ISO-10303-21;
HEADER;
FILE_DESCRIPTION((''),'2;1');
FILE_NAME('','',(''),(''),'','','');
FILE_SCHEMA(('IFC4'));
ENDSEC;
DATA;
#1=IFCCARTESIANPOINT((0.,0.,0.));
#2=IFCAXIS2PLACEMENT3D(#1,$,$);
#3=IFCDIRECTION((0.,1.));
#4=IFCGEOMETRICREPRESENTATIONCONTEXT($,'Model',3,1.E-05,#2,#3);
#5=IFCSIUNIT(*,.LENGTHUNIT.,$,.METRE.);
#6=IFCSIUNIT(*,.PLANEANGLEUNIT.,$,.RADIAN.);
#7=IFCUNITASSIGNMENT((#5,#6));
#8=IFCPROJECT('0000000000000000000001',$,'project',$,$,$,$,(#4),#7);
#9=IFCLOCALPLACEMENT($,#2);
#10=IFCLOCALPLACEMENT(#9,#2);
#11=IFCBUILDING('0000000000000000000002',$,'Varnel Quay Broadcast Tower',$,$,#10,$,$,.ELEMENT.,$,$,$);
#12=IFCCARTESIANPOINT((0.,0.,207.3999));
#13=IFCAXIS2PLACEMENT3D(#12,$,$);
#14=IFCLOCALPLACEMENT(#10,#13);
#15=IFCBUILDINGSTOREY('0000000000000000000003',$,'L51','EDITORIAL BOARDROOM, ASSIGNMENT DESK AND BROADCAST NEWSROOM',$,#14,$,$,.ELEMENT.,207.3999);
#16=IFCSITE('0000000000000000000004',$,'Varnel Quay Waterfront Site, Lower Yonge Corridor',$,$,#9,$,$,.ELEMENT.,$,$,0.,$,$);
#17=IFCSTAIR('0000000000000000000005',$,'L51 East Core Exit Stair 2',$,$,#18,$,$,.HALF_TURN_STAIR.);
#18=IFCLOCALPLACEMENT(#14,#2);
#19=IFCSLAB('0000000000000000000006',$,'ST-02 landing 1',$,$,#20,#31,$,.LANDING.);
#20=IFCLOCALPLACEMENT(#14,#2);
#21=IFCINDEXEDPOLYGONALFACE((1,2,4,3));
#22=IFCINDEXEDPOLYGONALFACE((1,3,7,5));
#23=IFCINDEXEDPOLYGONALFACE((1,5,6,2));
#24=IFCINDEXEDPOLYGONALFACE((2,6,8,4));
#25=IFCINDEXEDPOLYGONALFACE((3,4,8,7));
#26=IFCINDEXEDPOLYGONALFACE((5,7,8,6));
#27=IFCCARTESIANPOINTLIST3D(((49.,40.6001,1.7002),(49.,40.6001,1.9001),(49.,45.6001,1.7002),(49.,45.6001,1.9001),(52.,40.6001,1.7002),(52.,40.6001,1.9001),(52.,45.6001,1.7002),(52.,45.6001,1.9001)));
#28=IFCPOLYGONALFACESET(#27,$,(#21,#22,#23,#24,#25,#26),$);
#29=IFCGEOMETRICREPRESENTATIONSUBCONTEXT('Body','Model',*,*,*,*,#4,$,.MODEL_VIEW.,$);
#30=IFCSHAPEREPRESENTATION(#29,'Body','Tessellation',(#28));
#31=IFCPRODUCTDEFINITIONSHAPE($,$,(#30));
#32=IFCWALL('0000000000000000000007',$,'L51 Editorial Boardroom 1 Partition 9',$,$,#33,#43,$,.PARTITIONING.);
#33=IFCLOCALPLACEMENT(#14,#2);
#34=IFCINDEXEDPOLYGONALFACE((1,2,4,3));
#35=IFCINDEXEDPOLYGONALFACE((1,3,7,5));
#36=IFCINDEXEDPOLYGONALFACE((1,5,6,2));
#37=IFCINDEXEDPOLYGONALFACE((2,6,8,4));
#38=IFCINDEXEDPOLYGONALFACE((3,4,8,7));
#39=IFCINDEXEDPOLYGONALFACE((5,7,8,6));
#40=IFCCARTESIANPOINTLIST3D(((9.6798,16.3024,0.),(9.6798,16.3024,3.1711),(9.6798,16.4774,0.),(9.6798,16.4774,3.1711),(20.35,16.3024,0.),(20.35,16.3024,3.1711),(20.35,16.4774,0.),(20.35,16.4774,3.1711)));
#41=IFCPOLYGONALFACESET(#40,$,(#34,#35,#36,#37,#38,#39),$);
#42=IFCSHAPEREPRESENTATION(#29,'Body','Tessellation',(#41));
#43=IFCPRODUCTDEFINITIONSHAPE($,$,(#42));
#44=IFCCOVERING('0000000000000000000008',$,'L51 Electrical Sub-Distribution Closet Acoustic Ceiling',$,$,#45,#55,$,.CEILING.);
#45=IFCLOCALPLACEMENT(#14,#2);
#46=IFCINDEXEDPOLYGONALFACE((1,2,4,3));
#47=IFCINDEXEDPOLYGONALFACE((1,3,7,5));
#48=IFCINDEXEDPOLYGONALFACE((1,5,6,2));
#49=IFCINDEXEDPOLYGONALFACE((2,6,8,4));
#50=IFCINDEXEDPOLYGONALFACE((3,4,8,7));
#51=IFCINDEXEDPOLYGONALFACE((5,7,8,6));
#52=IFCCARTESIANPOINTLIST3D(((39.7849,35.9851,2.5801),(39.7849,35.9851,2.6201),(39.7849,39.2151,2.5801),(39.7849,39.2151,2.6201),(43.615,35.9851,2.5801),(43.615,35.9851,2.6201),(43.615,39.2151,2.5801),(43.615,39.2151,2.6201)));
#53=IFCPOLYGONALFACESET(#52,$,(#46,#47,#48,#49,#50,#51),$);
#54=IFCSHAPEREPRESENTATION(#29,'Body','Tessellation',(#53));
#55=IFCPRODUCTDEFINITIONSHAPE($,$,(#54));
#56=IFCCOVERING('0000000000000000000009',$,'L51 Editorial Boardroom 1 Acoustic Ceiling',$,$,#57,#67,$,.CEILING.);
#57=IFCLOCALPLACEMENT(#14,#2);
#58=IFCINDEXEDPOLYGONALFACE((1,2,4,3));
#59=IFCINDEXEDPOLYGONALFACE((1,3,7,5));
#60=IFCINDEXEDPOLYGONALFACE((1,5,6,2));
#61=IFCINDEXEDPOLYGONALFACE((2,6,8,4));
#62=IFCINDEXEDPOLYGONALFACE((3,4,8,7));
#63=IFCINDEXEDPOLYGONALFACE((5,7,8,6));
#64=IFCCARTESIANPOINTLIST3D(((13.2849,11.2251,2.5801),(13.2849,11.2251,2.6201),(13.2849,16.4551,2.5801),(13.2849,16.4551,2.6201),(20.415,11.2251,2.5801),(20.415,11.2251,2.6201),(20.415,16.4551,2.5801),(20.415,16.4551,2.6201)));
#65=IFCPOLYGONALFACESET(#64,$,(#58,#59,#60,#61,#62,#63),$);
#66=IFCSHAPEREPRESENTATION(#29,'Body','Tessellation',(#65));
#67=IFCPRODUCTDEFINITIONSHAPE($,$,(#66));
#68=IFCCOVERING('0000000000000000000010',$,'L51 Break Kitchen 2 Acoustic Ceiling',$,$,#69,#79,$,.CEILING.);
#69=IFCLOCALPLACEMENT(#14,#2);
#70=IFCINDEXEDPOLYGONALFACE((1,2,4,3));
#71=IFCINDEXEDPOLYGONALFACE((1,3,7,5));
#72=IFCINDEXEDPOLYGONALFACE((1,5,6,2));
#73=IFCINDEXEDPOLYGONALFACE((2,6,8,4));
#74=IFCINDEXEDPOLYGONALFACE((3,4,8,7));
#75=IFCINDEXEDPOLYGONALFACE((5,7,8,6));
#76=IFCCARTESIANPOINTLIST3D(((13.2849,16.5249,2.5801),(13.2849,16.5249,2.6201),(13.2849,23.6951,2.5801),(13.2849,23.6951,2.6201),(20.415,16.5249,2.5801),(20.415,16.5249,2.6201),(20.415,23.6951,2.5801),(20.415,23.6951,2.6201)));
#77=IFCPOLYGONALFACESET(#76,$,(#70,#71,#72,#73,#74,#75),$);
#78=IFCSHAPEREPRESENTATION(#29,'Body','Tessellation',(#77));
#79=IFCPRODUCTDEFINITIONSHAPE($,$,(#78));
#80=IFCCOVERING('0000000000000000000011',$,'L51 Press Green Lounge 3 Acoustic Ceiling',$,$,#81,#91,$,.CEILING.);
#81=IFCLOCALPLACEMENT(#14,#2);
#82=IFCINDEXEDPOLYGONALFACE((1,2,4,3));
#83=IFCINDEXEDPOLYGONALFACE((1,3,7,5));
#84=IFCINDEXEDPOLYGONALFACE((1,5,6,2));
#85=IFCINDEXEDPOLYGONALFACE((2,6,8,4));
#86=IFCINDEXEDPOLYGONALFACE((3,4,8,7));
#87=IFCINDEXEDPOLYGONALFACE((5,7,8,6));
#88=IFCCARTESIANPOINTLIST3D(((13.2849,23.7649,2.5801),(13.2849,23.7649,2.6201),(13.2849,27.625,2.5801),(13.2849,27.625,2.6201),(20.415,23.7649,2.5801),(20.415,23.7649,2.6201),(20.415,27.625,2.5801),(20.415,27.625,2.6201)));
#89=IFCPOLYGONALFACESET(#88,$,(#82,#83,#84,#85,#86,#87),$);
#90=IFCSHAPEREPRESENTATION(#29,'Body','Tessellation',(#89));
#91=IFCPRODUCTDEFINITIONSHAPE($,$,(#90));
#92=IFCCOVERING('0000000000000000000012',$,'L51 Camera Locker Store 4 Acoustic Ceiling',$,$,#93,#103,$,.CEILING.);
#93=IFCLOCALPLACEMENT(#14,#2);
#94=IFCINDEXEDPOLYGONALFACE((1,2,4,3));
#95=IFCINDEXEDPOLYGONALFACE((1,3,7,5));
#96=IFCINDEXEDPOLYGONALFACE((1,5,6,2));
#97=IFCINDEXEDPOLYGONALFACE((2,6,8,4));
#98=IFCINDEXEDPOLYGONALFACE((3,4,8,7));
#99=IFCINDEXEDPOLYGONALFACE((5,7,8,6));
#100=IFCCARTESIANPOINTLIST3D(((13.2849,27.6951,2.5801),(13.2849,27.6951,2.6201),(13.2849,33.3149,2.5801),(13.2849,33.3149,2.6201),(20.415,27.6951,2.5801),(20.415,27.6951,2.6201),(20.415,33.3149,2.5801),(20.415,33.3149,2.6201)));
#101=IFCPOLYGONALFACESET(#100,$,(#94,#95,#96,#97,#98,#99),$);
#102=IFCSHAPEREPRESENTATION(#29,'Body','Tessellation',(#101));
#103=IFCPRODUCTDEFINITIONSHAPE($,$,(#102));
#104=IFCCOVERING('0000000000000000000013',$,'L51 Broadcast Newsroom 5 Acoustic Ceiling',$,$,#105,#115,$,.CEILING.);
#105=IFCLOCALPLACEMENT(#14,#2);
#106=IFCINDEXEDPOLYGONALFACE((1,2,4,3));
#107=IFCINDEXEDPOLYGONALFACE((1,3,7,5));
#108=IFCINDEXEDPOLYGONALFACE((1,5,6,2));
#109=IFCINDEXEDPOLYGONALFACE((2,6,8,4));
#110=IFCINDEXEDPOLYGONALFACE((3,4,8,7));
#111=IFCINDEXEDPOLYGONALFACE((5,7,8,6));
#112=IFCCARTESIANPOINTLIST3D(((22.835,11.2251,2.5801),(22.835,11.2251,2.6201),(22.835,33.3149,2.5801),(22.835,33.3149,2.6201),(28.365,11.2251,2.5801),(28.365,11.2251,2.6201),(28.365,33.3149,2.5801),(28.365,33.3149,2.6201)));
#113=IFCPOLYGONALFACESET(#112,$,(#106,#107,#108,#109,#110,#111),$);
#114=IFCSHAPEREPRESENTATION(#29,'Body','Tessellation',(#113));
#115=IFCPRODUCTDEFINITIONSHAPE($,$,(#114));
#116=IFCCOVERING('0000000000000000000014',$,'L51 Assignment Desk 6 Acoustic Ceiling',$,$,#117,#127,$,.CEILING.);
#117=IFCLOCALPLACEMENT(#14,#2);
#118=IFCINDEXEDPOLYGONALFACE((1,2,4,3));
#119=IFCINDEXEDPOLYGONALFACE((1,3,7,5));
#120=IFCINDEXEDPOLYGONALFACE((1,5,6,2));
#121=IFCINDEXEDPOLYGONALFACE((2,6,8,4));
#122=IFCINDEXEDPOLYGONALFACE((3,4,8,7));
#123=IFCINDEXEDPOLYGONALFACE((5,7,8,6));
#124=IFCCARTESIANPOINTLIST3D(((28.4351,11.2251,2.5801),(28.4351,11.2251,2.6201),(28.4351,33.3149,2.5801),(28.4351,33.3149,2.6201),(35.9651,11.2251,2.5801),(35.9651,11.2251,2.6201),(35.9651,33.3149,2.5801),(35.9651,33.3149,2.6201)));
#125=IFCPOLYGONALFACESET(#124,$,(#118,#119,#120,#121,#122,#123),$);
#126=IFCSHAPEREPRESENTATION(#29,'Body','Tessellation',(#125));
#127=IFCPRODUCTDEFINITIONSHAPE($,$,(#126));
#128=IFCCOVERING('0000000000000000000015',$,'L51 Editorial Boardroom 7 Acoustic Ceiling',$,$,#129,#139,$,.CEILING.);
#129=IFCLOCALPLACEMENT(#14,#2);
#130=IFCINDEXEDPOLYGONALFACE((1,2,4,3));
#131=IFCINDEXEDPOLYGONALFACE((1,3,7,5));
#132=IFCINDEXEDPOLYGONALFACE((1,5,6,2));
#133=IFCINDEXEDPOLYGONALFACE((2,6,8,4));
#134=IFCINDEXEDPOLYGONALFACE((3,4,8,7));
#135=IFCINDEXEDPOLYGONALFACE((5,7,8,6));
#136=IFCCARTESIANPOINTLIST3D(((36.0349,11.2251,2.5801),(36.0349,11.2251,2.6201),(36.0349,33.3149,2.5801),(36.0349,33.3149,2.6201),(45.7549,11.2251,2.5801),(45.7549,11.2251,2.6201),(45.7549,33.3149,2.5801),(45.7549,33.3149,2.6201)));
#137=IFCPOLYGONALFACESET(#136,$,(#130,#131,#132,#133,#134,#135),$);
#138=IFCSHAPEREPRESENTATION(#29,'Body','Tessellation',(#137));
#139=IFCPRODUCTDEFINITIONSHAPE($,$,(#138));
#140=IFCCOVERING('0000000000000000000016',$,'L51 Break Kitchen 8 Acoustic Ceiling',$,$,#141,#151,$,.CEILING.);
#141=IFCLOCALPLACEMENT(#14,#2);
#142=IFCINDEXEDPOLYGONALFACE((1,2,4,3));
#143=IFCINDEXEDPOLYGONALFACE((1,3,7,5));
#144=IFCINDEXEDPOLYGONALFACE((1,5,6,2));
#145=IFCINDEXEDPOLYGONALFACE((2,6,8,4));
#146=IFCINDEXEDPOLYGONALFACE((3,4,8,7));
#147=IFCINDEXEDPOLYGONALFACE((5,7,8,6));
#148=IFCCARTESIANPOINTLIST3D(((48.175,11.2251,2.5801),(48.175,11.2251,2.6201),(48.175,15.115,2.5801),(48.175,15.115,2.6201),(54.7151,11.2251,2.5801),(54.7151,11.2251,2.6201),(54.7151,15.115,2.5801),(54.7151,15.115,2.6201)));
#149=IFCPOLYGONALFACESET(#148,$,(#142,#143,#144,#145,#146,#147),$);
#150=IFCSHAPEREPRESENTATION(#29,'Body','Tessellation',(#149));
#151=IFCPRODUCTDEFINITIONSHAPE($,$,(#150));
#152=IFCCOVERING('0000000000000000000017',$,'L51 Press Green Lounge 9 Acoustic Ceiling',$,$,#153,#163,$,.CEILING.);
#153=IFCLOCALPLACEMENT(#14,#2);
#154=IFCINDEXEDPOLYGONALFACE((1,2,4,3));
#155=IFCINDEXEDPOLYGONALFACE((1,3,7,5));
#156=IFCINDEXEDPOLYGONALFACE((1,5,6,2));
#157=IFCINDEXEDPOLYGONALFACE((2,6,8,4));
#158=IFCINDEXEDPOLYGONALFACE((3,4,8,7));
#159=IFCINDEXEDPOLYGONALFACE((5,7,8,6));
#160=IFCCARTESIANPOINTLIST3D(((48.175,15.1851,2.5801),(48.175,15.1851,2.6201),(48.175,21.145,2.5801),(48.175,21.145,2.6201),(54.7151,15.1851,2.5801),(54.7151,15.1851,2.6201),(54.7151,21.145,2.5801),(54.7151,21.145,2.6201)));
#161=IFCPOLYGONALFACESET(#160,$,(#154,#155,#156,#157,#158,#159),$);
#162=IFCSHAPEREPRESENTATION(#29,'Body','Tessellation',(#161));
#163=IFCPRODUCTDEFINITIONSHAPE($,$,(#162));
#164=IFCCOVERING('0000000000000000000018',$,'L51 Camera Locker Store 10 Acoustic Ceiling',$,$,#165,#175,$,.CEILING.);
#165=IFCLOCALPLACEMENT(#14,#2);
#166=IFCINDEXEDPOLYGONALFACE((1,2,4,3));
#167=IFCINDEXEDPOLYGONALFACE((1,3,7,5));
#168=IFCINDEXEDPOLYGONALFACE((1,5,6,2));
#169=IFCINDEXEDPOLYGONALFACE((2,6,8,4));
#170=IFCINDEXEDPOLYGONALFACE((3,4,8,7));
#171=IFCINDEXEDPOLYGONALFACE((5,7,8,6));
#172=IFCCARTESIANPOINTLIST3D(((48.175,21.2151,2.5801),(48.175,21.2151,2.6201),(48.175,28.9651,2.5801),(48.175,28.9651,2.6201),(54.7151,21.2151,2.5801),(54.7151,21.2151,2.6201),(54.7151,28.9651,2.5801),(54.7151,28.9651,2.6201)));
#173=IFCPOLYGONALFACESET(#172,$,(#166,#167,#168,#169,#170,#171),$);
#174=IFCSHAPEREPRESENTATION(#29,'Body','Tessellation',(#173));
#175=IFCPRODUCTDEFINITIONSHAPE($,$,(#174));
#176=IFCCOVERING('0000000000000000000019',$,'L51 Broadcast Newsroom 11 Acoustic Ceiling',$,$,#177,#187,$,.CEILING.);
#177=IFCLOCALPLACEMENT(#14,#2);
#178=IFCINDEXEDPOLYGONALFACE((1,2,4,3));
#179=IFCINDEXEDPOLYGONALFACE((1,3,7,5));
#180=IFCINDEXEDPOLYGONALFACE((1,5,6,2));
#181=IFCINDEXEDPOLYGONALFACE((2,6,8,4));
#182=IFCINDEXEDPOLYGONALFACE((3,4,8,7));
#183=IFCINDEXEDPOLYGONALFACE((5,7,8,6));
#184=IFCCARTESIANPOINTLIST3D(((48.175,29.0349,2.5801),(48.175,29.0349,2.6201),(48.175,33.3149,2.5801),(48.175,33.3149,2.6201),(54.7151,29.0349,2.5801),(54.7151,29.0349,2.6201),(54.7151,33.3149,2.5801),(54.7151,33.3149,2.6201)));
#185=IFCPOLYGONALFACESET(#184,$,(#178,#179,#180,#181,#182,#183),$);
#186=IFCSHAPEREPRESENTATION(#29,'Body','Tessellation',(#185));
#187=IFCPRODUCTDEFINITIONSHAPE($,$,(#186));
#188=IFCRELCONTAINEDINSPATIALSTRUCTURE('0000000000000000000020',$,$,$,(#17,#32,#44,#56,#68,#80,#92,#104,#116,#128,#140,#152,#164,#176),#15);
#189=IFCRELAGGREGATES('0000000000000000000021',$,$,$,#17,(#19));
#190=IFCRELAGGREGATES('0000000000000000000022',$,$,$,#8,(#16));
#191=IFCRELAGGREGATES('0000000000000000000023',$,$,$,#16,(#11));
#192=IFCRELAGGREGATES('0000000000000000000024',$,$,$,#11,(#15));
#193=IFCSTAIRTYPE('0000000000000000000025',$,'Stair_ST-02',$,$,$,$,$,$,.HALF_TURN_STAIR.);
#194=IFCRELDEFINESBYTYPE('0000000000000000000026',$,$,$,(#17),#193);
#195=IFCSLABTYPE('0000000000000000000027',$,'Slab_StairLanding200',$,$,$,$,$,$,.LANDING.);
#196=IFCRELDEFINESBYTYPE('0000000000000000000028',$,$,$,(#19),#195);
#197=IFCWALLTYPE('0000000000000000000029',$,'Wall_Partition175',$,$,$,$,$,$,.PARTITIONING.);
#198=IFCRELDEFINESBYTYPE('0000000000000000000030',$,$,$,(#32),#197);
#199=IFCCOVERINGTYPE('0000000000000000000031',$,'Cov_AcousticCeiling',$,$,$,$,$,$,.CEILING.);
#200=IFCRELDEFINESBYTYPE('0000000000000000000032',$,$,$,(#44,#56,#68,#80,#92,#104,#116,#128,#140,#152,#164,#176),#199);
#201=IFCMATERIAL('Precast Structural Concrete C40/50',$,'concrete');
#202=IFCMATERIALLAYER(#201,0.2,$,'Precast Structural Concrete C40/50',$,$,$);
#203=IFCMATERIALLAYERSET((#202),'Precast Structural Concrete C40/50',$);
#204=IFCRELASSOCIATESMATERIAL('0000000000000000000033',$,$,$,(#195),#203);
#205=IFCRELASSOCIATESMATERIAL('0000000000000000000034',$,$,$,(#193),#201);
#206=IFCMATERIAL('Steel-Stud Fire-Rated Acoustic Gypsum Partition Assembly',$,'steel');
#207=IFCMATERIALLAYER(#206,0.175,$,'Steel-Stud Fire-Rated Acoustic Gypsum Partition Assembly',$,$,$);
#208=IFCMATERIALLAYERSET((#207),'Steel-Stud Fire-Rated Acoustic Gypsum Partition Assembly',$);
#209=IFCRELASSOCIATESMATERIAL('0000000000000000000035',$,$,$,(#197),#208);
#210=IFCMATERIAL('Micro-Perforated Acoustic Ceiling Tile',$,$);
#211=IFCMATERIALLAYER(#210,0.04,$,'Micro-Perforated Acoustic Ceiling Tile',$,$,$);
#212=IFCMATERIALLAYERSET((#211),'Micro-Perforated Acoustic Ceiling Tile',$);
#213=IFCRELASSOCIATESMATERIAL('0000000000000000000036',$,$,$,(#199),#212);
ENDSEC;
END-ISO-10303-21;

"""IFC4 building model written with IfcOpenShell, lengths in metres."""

from ifc_helpers import new_model, si_unit, direction, frame, frame_2d, origin, place, context, subcontext, project, spatial, polyline, rectangle, outline, extrude, material, layer, layer_set, type_object, element, aggregate, save


model = new_model("IFC4")

# Units and contexts
model_context = context("Model", 3, precision=1e-05, world=origin(), true_north=direction((0.0, 1.0)))
body_context = subcontext(model_context, "Body", "Model", "MODEL_VIEW")
ifc_project = project(units=[si_unit("LENGTHUNIT", "METRE"), si_unit("PLANEANGLEUNIT", "RADIAN")], contexts=[model_context])

# Site, building, storey
site_placement = place(None, origin())
site = spatial("IfcSite", under=ifc_project, at=site_placement, Name="Varnel Quay Waterfront Site, Lower Yonge Corridor", CompositionType="ELEMENT", RefElevation=0.0)
building_placement = place(site_placement, origin())
building = spatial("IfcBuilding", under=site, at=building_placement, Name="Varnel Quay Broadcast Tower", CompositionType="ELEMENT")
storey_placement = place(building_placement, frame((0.0, 0.0, 207.3999)))
storey = spatial("IfcBuildingStorey", under=building, at=storey_placement, Name="L51", Description="EDITORIAL BOARDROOM, ASSIGNMENT DESK AND BROADCAST NEWSROOM", CompositionType="ELEMENT", Elevation=207.3999)

# Stair, slab
ifc_material_1 = material(Name="Precast Structural Concrete C40/50", Category="concrete")
ifc_layer_1 = layer(ifc_material_1, 0.2, Name="Precast Structural Concrete C40/50")
ifc_layer_set_1 = layer_set([ifc_layer_1], Name="Precast Structural Concrete C40/50")
slab_type_1 = type_object("IfcSlabType", Name="Slab_StairLanding200", PredefinedType="LANDING", material=ifc_layer_set_1)
stair_type_1 = type_object("IfcStairType", Name="Stair_ST-02", PredefinedType="HALF_TURN_STAIR", material=ifc_material_1)
stair_1_placement = place(storey_placement, origin())
stair_1 = element("IfcStair", 1, at=stair_1_placement, inside=storey, type_object=stair_type_1, Name="L51 East Core Exit Stair 2", PredefinedType="HALF_TURN_STAIR")
slab_1_placement = place(storey_placement, frame((0.0, 0.0, 1.7002)))
slab_1 = element("IfcSlab", 2, at=slab_1_placement, type_object=slab_type_1, Name="ST-02 landing 1", PredefinedType="LANDING", context=body_context, shape_type="SweptSolid", body=[
    extrude(outline(polyline([(52.0, 40.6001), (52.0, 45.6001), (49.0, 45.6001), (49.0, 40.6001), (52.0, 40.6001)])), origin(), (0.0, 0.0, 1.0), 0.2),
])
aggregate(stair_1, [slab_1])

# Wall
ifc_material_2 = material(Name="Steel-Stud Fire-Rated Acoustic Gypsum Partition Assembly", Category="steel")
ifc_layer_2 = layer(ifc_material_2, 0.175, Name="Steel-Stud Fire-Rated Acoustic Gypsum Partition Assembly")
ifc_layer_set_2 = layer_set([ifc_layer_2], Name="Steel-Stud Fire-Rated Acoustic Gypsum Partition Assembly")
wall_type = type_object("IfcWallType", Name="Wall_Partition175", PredefinedType="PARTITIONING", material=ifc_layer_set_2)
wall_placement = place(storey_placement, frame((9.6799, 16.3899, 0.0), z_axis=(0.0, 0.0, 1.0), x_axis=(1.0, 0.0, 0.0)))
element("IfcWall", 3, at=wall_placement, inside=storey, type_object=wall_type, Name="L51 Editorial Boardroom 1 Partition 9", PredefinedType="PARTITIONING", context=body_context, shape_type="SweptSolid", body=[
    extrude(rectangle(XDim=10.6702, YDim=0.175, at=frame_2d((5.335, 0.0))), origin(), (0.0, 0.0, 1.0), 3.1711),
])

# Coverings
ifc_material_3 = material(Name="Micro-Perforated Acoustic Ceiling Tile")
ifc_layer_3 = layer(ifc_material_3, 0.04, Name="Micro-Perforated Acoustic Ceiling Tile")
ifc_layer_set_3 = layer_set([ifc_layer_3], Name="Micro-Perforated Acoustic Ceiling Tile")
covering_type_1 = type_object("IfcCoveringType", Name="Cov_AcousticCeiling", PredefinedType="CEILING", material=ifc_layer_set_3)
covering_1_placement = place(storey_placement, frame((0.0, 0.0, 2.5801)))
element("IfcCovering", 4, at=covering_1_placement, inside=storey, type_object=covering_type_1, Name="L51 Electrical Sub-Distribution Closet Acoustic Ceiling", PredefinedType="CEILING", context=body_context, shape_type="SweptSolid", body=[
    extrude(outline(polyline([(39.7849, 35.9851), (43.615, 35.9851), (43.615, 39.2151), (39.7849, 39.2151), (39.7849, 35.9851)])), origin(), (0.0, 0.0, 1.0), 0.04),
])
covering_2_placement = place(storey_placement, frame((0.0, 0.0, 2.5801)))
element("IfcCovering", 5, at=covering_2_placement, inside=storey, type_object=covering_type_1, Name="L51 Editorial Boardroom 1 Acoustic Ceiling", PredefinedType="CEILING", context=body_context, shape_type="SweptSolid", body=[
    extrude(outline(polyline([(13.2849, 11.2251), (20.415, 11.2251), (20.415, 16.4551), (13.2849, 16.4551), (13.2849, 11.2251)])), origin(), (0.0, 0.0, 1.0), 0.04),
])
covering_3_placement = place(storey_placement, frame((0.0, 0.0, 2.5801)))
element("IfcCovering", 6, at=covering_3_placement, inside=storey, type_object=covering_type_1, Name="L51 Break Kitchen 2 Acoustic Ceiling", PredefinedType="CEILING", context=body_context, shape_type="SweptSolid", body=[
    extrude(outline(polyline([(13.2849, 16.5249), (20.415, 16.5249), (20.415, 23.6951), (13.2849, 23.6951), (13.2849, 16.5249)])), origin(), (0.0, 0.0, 1.0), 0.04),
])
covering_4_placement = place(storey_placement, frame((0.0, 0.0, 2.5801)))
element("IfcCovering", 7, at=covering_4_placement, inside=storey, type_object=covering_type_1, Name="L51 Press Green Lounge 3 Acoustic Ceiling", PredefinedType="CEILING", context=body_context, shape_type="SweptSolid", body=[
    extrude(outline(polyline([(13.2849, 23.7649), (20.415, 23.7649), (20.415, 27.625), (13.2849, 27.625), (13.2849, 23.7649)])), origin(), (0.0, 0.0, 1.0), 0.04),
])
covering_5_placement = place(storey_placement, frame((0.0, 0.0, 2.5801)))
element("IfcCovering", 8, at=covering_5_placement, inside=storey, type_object=covering_type_1, Name="L51 Camera Locker Store 4 Acoustic Ceiling", PredefinedType="CEILING", context=body_context, shape_type="SweptSolid", body=[
    extrude(outline(polyline([(13.2849, 27.6951), (20.415, 27.6951), (20.415, 33.3149), (13.2849, 33.3149), (13.2849, 27.6951)])), origin(), (0.0, 0.0, 1.0), 0.04),
])
covering_6_placement = place(storey_placement, frame((0.0, 0.0, 2.5801)))
element("IfcCovering", 9, at=covering_6_placement, inside=storey, type_object=covering_type_1, Name="L51 Broadcast Newsroom 5 Acoustic Ceiling", PredefinedType="CEILING", context=body_context, shape_type="SweptSolid", body=[
    extrude(outline(polyline([(22.835, 11.2251), (28.365, 11.2251), (28.365, 33.3149), (22.835, 33.3149), (22.835, 11.2251)])), origin(), (0.0, 0.0, 1.0), 0.04),
])
covering_7_placement = place(storey_placement, frame((0.0, 0.0, 2.5801)))
element("IfcCovering", 10, at=covering_7_placement, inside=storey, type_object=covering_type_1, Name="L51 Assignment Desk 6 Acoustic Ceiling", PredefinedType="CEILING", context=body_context, shape_type="SweptSolid", body=[
    extrude(outline(polyline([(28.4351, 11.2251), (35.9651, 11.2251), (35.9651, 33.3149), (28.4351, 33.3149), (28.4351, 11.2251)])), origin(), (0.0, 0.0, 1.0), 0.04),
])
covering_8_placement = place(storey_placement, frame((0.0, 0.0, 2.5801)))
element("IfcCovering", 11, at=covering_8_placement, inside=storey, type_object=covering_type_1, Name="L51 Editorial Boardroom 7 Acoustic Ceiling", PredefinedType="CEILING", context=body_context, shape_type="SweptSolid", body=[
    extrude(outline(polyline([(36.0349, 11.2251), (45.7549, 11.2251), (45.7549, 33.3149), (36.0349, 33.3149), (36.0349, 11.2251)])), origin(), (0.0, 0.0, 1.0), 0.04),
])
covering_9_placement = place(storey_placement, frame((0.0, 0.0, 2.5801)))
element("IfcCovering", 12, at=covering_9_placement, inside=storey, type_object=covering_type_1, Name="L51 Break Kitchen 8 Acoustic Ceiling", PredefinedType="CEILING", context=body_context, shape_type="SweptSolid", body=[
    extrude(outline(polyline([(48.175, 11.2251), (54.7151, 11.2251), (54.7151, 15.115), (48.175, 15.115), (48.175, 11.2251)])), origin(), (0.0, 0.0, 1.0), 0.04),
])
covering_10_placement = place(storey_placement, frame((0.0, 0.0, 2.5801)))
element("IfcCovering", 13, at=covering_10_placement, inside=storey, type_object=covering_type_1, Name="L51 Press Green Lounge 9 Acoustic Ceiling", PredefinedType="CEILING", context=body_context, shape_type="SweptSolid", body=[
    extrude(outline(polyline([(48.175, 15.1851), (54.7151, 15.1851), (54.7151, 21.145), (48.175, 21.145), (48.175, 15.1851)])), origin(), (0.0, 0.0, 1.0), 0.04),
])
covering_11_placement = place(storey_placement, frame((0.0, 0.0, 2.5801)))
element("IfcCovering", 14, at=covering_11_placement, inside=storey, type_object=covering_type_1, Name="L51 Camera Locker Store 10 Acoustic Ceiling", PredefinedType="CEILING", context=body_context, shape_type="SweptSolid", body=[
    extrude(outline(polyline([(48.175, 21.2151), (54.7151, 21.2151), (54.7151, 28.9651), (48.175, 28.9651), (48.175, 21.2151)])), origin(), (0.0, 0.0, 1.0), 0.04),
])
covering_12_placement = place(storey_placement, frame((0.0, 0.0, 2.5801)))
element("IfcCovering", 15, at=covering_12_placement, inside=storey, type_object=covering_type_1, Name="L51 Broadcast Newsroom 11 Acoustic Ceiling", PredefinedType="CEILING", context=body_context, shape_type="SweptSolid", body=[
    extrude(outline(polyline([(48.175, 29.0349), (54.7151, 29.0349), (54.7151, 33.3149), (48.175, 33.3149), (48.175, 29.0349)])), origin(), (0.0, 0.0, 1.0), 0.04),
])

save(model, "model.ifc")
